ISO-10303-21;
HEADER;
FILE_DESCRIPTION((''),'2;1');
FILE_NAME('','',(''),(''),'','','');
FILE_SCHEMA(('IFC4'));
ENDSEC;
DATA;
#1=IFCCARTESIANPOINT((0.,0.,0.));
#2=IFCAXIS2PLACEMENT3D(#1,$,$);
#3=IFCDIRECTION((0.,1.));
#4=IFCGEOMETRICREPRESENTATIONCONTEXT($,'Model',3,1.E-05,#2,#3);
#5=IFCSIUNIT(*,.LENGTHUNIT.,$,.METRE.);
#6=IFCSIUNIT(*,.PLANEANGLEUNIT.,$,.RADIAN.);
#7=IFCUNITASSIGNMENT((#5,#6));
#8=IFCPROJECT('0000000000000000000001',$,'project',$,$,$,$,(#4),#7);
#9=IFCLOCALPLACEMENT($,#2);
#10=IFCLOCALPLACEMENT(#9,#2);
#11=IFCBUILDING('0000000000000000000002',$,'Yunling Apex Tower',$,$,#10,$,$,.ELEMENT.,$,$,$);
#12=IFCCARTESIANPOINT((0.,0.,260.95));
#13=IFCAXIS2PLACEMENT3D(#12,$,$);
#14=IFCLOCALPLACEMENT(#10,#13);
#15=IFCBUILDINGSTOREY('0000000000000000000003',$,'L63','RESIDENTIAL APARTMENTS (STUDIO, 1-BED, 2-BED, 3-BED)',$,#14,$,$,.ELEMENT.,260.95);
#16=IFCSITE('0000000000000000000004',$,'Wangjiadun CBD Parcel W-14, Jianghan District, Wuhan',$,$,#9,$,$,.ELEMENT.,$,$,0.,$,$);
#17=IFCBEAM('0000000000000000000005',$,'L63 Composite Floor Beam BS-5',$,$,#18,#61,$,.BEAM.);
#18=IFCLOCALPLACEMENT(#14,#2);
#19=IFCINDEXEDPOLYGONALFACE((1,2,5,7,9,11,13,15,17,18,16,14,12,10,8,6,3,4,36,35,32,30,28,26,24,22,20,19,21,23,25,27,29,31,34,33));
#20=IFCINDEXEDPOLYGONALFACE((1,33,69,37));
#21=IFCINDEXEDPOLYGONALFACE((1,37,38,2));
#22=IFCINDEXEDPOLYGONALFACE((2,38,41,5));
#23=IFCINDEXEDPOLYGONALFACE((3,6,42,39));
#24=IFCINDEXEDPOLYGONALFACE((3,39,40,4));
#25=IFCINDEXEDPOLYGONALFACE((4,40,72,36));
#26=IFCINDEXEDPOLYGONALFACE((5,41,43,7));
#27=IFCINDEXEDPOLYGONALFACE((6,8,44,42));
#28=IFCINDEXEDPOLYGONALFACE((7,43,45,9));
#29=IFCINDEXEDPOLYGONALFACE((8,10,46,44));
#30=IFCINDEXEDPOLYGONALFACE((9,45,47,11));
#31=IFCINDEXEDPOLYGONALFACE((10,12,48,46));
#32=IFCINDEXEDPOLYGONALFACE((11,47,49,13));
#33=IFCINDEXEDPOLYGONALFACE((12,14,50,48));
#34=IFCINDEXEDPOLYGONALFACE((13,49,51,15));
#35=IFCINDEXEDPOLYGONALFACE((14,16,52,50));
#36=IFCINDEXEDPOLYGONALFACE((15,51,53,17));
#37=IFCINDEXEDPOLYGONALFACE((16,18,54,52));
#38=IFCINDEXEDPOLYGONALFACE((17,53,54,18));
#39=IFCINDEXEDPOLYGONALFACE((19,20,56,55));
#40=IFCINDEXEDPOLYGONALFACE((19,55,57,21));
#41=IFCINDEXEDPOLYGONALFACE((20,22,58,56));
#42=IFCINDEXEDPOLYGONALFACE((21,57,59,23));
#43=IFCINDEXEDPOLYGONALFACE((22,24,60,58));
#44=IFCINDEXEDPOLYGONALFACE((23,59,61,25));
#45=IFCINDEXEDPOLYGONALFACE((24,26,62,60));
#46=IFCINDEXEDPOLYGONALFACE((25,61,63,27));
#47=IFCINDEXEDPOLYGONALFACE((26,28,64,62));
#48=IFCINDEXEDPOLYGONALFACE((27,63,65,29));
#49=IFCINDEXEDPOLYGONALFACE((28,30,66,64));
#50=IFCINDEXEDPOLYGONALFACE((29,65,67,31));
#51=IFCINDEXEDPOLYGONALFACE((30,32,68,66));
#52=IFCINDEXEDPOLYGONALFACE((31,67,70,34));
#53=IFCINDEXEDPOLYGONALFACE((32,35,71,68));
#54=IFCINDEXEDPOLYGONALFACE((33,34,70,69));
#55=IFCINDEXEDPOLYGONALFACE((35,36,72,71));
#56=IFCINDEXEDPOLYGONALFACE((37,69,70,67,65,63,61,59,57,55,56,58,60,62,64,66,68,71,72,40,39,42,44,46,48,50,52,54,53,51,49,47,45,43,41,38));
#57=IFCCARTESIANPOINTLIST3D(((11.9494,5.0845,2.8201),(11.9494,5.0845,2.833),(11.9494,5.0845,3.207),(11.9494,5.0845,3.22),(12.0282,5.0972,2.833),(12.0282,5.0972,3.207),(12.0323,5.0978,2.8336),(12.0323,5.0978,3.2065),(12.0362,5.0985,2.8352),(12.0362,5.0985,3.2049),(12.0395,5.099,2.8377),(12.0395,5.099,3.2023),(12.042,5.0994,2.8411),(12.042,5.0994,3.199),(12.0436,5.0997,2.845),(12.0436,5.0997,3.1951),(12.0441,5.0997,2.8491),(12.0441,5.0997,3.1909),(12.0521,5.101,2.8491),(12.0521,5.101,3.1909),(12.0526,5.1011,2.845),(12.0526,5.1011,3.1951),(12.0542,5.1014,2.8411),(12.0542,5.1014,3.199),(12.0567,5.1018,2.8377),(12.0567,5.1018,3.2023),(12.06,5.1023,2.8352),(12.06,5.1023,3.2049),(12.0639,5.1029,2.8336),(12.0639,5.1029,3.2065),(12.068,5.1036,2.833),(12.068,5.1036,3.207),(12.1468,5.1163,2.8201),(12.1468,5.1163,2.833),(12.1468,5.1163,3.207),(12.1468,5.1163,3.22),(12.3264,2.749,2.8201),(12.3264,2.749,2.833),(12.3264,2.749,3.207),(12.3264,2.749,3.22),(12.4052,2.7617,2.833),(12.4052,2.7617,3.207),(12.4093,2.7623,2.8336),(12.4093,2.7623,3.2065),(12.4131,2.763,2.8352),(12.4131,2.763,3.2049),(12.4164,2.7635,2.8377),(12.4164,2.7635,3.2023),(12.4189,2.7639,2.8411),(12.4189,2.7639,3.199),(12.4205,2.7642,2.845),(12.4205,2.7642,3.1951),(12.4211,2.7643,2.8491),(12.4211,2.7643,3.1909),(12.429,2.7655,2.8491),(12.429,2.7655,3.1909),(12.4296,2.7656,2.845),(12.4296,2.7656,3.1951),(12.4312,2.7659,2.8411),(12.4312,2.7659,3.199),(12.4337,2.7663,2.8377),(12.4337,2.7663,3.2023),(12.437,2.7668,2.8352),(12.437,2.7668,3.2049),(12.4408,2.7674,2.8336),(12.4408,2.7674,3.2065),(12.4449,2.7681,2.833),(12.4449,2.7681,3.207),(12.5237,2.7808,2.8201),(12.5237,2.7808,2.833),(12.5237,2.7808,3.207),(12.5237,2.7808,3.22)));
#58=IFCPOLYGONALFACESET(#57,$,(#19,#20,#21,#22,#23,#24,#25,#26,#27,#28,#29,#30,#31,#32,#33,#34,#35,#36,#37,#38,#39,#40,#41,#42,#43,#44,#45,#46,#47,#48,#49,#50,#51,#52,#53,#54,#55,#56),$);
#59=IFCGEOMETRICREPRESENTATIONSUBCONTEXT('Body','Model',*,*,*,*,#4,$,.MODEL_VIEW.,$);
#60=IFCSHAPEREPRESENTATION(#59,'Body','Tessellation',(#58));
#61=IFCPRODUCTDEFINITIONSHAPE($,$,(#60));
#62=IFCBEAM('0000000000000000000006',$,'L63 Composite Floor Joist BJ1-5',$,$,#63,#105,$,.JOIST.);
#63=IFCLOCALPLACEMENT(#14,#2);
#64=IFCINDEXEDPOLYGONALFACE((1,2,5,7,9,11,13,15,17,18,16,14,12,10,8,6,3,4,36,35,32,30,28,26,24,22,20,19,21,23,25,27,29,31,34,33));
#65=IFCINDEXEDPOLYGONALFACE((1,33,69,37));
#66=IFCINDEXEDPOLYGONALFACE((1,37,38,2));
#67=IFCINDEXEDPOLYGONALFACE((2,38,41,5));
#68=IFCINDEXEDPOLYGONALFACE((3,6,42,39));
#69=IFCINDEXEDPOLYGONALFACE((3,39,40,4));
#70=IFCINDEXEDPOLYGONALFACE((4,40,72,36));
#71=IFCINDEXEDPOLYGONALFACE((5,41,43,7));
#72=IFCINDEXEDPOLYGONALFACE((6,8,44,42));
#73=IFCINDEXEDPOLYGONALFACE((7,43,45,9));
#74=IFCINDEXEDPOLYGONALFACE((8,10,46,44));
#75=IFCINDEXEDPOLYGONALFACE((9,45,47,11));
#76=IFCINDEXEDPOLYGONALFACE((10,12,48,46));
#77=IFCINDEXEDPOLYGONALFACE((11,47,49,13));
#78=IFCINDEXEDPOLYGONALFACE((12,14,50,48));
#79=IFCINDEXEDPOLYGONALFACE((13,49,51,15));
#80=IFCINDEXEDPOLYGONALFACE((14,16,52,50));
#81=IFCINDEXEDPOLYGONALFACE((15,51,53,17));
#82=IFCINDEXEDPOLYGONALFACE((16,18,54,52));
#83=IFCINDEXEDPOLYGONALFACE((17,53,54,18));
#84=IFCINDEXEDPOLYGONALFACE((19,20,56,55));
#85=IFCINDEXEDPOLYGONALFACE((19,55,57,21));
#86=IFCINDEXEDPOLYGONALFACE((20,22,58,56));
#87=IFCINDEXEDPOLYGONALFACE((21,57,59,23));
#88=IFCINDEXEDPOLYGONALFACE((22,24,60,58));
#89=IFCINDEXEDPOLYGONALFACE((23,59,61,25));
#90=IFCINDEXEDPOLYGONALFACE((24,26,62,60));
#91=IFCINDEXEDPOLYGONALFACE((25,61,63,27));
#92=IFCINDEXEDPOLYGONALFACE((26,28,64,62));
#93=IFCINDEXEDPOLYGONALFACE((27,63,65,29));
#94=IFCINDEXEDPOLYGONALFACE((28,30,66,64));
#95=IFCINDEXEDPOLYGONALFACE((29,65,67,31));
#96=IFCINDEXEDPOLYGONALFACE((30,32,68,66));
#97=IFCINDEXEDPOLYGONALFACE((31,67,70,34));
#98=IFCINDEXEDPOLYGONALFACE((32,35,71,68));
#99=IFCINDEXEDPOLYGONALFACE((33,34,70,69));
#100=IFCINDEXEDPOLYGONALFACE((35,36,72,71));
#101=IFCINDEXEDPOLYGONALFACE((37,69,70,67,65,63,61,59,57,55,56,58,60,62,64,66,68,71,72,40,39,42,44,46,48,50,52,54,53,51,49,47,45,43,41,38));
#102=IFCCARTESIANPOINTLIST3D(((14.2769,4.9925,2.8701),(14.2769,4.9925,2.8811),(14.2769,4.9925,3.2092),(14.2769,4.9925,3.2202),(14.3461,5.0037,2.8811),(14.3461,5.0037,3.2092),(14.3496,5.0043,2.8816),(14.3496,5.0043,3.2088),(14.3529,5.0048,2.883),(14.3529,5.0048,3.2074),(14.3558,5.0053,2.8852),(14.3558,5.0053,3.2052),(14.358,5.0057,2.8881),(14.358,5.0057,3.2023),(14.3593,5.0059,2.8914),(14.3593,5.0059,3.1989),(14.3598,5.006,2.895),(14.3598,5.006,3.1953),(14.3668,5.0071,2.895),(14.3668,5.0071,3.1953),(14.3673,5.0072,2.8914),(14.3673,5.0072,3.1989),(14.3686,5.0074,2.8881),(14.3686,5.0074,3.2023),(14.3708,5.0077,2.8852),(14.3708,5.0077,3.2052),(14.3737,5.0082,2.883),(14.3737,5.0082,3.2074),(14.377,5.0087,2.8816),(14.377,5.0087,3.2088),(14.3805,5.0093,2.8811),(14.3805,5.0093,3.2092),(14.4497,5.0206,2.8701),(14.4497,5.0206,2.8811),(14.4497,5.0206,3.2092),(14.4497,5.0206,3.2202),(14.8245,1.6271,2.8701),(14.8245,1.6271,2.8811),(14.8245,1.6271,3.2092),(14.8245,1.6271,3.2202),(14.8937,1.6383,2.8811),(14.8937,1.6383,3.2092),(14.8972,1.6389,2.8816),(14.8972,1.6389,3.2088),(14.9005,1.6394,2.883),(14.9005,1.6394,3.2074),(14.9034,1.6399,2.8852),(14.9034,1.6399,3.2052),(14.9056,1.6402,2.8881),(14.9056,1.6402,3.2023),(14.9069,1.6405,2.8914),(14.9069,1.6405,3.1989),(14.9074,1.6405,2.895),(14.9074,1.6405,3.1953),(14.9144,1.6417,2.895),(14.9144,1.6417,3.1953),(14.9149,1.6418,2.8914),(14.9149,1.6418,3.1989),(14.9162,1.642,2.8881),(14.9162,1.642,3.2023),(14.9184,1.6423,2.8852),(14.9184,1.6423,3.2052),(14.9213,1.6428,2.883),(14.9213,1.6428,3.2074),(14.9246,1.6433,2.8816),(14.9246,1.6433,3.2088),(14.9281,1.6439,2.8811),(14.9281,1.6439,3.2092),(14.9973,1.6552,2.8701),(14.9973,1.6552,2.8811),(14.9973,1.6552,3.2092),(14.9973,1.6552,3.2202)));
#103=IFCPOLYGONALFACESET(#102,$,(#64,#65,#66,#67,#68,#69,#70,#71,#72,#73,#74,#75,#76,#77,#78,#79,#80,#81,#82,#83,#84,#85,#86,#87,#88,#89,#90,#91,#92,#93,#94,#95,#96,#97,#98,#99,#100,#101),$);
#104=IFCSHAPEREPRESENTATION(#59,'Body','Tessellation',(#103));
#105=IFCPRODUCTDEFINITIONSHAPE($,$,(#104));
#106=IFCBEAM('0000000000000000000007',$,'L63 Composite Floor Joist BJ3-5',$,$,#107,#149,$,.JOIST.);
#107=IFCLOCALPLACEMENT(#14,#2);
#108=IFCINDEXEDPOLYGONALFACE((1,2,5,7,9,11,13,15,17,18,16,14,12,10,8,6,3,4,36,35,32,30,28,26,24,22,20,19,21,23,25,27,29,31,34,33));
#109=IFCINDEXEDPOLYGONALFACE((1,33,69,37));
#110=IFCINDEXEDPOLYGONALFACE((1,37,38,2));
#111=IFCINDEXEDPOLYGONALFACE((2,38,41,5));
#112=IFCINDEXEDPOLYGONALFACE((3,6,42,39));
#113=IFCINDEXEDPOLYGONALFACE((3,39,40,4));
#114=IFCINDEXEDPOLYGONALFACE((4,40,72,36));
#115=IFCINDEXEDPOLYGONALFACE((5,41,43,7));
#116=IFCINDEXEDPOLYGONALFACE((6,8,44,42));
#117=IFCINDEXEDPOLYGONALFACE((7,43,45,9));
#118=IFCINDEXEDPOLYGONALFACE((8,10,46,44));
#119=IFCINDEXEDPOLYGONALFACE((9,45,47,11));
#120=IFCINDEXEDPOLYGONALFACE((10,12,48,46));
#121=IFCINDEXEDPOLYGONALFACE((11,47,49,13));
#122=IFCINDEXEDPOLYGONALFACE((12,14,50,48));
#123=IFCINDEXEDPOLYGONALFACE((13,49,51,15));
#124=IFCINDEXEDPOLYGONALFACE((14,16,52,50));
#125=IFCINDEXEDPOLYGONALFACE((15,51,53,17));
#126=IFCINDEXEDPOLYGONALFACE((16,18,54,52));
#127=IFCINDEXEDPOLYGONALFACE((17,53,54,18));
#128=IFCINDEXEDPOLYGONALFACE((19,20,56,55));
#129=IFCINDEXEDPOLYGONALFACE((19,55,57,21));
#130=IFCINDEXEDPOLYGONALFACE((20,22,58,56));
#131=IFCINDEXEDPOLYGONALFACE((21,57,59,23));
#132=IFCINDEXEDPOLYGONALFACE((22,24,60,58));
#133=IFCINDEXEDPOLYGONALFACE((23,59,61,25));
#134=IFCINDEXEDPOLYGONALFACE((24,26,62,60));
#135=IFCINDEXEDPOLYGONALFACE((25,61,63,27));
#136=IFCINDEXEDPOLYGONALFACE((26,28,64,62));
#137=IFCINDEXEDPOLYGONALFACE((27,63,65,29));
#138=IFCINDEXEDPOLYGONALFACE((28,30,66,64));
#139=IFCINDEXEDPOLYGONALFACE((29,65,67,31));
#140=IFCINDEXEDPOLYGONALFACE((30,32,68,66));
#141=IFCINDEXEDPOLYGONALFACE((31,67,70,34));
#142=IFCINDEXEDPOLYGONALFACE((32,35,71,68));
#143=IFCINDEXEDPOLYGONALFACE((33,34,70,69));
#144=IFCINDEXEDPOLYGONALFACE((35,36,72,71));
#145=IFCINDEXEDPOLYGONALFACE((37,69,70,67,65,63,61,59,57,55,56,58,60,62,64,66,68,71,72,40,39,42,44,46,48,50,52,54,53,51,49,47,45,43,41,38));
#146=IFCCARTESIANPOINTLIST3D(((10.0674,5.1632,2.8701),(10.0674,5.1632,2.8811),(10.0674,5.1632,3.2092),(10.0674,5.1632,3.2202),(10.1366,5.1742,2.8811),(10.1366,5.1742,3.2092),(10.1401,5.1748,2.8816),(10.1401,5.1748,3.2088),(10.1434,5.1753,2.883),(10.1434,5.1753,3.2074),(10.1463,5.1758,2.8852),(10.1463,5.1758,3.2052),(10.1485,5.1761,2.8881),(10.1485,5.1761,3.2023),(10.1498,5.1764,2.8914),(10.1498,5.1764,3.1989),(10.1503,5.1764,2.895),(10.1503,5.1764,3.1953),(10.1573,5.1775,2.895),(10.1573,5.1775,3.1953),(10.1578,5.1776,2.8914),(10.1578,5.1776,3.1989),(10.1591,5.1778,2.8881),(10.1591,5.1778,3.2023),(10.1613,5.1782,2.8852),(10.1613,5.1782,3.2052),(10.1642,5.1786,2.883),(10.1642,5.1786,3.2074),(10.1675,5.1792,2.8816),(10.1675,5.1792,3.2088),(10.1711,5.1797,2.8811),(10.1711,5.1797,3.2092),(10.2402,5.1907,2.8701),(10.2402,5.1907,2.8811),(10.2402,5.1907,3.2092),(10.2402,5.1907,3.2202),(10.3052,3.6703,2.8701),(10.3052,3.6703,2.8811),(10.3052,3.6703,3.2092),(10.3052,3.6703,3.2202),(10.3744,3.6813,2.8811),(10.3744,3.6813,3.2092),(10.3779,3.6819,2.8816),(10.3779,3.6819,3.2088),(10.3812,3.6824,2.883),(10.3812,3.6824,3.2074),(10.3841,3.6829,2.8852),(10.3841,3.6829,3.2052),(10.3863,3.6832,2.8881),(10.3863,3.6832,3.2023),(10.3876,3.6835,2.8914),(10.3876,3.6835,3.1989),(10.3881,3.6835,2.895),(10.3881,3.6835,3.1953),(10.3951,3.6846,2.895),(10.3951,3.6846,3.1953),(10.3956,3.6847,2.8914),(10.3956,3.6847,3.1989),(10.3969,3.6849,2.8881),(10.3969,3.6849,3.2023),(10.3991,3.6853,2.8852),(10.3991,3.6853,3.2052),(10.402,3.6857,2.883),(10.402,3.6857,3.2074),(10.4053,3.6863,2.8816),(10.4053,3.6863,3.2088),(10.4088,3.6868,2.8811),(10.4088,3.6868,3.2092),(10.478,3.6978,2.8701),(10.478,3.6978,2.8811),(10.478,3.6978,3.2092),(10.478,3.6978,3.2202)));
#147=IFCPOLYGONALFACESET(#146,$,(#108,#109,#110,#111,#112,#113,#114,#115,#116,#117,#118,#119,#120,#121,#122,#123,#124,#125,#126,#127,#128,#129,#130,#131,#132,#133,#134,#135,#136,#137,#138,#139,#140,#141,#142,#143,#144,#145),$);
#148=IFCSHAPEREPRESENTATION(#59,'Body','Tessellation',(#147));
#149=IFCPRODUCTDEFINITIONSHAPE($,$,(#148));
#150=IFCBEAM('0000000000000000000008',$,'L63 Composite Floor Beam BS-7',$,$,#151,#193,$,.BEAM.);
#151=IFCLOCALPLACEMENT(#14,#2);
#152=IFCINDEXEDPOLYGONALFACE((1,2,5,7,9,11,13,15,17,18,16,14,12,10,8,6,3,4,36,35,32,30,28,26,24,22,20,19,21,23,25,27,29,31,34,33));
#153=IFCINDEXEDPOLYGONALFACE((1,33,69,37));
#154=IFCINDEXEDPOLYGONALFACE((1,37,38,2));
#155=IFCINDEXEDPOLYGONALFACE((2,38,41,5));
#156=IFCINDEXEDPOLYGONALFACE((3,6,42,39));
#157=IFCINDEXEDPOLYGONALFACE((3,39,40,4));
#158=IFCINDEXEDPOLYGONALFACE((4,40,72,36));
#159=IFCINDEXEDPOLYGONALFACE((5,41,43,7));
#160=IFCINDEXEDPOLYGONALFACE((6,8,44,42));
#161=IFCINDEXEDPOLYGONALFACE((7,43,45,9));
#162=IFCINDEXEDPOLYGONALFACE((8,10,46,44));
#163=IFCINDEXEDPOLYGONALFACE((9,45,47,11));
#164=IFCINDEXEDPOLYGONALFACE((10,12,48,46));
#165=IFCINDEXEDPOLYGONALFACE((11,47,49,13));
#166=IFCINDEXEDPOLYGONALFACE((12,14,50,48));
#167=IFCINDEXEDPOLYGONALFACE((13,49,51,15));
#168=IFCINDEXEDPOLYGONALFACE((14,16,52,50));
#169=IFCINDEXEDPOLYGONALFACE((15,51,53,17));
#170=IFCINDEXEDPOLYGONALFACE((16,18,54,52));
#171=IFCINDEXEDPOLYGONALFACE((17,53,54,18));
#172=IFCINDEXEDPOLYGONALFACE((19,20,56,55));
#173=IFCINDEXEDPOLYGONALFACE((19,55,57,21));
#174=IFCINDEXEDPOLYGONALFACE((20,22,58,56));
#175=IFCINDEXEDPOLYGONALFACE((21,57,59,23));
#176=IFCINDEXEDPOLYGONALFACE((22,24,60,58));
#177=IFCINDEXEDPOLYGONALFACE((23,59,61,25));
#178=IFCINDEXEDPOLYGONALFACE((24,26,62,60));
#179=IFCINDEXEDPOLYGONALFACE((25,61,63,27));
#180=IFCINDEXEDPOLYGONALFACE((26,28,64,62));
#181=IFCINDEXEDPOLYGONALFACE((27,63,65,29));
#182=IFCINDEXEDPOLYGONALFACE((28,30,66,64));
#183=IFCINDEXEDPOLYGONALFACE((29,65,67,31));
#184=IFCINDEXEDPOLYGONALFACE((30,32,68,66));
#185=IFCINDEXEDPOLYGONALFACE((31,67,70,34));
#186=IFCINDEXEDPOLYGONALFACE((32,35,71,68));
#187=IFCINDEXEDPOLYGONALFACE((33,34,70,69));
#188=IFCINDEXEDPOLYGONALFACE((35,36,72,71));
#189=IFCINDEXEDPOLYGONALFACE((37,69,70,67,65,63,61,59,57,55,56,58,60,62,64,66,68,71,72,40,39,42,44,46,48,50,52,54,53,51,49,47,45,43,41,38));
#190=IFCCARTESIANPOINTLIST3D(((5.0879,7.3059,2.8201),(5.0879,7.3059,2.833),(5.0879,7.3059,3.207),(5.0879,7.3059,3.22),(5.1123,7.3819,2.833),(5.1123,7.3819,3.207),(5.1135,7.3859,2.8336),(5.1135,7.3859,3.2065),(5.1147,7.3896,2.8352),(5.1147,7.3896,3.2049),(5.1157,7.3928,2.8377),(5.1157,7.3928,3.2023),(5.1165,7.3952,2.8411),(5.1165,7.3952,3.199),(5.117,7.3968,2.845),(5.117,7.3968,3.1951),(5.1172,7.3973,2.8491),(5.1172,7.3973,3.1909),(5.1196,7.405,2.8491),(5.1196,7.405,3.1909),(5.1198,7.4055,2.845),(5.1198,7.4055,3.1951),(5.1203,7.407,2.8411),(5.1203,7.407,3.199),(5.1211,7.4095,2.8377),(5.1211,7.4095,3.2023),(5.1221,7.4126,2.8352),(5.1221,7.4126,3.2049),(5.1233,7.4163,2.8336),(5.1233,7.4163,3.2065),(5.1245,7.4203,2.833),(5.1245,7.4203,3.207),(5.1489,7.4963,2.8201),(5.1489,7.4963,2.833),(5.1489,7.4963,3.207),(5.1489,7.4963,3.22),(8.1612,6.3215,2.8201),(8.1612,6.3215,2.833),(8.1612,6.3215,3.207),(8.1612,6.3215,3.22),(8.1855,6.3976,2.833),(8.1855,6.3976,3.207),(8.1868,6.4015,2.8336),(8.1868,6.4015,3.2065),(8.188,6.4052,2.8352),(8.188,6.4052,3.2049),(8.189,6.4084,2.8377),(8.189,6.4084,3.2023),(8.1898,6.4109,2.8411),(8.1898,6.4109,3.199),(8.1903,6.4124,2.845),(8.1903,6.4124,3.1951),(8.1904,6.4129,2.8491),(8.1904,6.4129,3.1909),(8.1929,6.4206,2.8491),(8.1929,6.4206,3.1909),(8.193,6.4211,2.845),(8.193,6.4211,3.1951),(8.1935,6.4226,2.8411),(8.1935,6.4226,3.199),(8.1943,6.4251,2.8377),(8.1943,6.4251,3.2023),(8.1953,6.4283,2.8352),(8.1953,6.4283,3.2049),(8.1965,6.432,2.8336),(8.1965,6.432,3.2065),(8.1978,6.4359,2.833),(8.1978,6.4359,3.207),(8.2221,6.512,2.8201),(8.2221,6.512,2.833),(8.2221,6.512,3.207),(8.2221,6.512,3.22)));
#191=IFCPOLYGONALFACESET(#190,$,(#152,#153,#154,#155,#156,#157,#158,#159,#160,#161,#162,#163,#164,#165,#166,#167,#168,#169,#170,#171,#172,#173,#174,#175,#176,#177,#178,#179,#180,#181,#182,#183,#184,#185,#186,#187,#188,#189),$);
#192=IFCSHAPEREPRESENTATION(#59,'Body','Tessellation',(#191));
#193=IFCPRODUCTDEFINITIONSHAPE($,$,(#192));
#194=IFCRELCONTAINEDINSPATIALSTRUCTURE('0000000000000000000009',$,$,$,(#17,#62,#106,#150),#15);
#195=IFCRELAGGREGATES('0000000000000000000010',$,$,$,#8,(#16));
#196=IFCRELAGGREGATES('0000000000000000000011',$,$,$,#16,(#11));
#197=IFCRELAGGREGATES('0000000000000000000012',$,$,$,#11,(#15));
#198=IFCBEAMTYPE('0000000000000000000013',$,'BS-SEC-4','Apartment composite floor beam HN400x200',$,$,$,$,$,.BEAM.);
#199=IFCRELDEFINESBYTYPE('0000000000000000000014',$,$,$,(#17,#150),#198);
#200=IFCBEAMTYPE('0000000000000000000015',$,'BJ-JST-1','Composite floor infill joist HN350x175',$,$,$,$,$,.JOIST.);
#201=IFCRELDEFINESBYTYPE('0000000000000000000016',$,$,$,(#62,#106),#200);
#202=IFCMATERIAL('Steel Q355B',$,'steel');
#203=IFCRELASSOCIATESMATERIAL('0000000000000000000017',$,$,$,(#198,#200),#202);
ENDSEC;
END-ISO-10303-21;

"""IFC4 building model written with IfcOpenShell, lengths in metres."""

from ifc_helpers import new_model, si_unit, direction, frame, origin, origin_2d, place, context, subcontext, project, spatial, i_section, extrude, source, transform, mapped, material, material_profile, profile_set, type_object, element, save


model = new_model("IFC4")

# Units and contexts
model_context = context("Model", 3, precision=1e-05, world=origin(), true_north=direction((0.0, 1.0)))
body_context = subcontext(model_context, "Body", "Model", "MODEL_VIEW")
ifc_project = project(units=[si_unit("LENGTHUNIT", "METRE"), si_unit("PLANEANGLEUNIT", "RADIAN")], contexts=[model_context])

# Site, building, storey
site_placement = place(None, origin())
site = spatial("IfcSite", under=ifc_project, at=site_placement, Name="Wangjiadun CBD Parcel W-14, Jianghan District, Wuhan", CompositionType="ELEMENT", RefElevation=0.0)
building_placement = place(site_placement, origin())
building = spatial("IfcBuilding", under=site, at=building_placement, Name="Yunling Apex Tower", CompositionType="ELEMENT")
storey_placement = place(building_placement, frame((0.0, 0.0, 260.95)))
storey = spatial("IfcBuildingStorey", under=building, at=storey_placement, Name="L63", Description="RESIDENTIAL APARTMENTS (STUDIO, 1-BED, 2-BED, 3-BED)", CompositionType="ELEMENT", Elevation=260.95)

# Shared definitions
ifc_material_1 = material(Name="Steel Q355B", Category="steel")

# Beams
ifc_material_profile_1 = material_profile(ifc_material_1, i_section(OverallWidth=0.2, OverallDepth=0.3999, WebThickness=0.0081, FlangeThickness=0.0129, FilletRadius=0.0161, at=origin_2d()))
ifc_profile_set_1 = profile_set([ifc_material_profile_1], Name="Steel Q355B")
beam_type_1 = type_object("IfcBeamType", Name="BS-SEC-4", Description="Apartment composite floor beam HN400x200", PredefinedType="BEAM", material=ifc_profile_set_1)
shared_shape_1 = source(origin(), body_context, "Body", "SweptSolid", [
    extrude(i_section(OverallWidth=0.2, OverallDepth=0.3999, WebThickness=0.0081, FlangeThickness=0.0129, FilletRadius=0.0161, at=origin_2d()), origin(), (0.0, 0.0, 1.0), 2.3657),
])
beam_1_placement = place(storey_placement, frame((12.425, 2.7649, 3.02), z_axis=(-0.159343, 0.987223, 0.0), x_axis=(-0.987223, -0.159343, 0.0)))
element("IfcBeam", 1, at=beam_1_placement, inside=storey, type_object=beam_type_1, Name="L63 Composite Floor Beam BS-5", PredefinedType="BEAM", context=body_context, shape_type="MappedRepresentation", body=[
    mapped(shared_shape_1, transform((0.0, 0.0, 0.0), scale=1.0)),
])
ifc_material_profile_2 = material_profile(ifc_material_1, i_section(OverallWidth=0.175, OverallDepth=0.3501, WebThickness=0.0071, FlangeThickness=0.011, FilletRadius=0.0139, at=origin_2d()))
ifc_profile_set_2 = profile_set([ifc_material_profile_2], Name="Steel Q355B")
beam_type_2 = type_object("IfcBeamType", Name="BJ-JST-1", Description="Composite floor infill joist HN350x175", PredefinedType="JOIST", material=ifc_profile_set_2)
shared_shape_2 = source(origin(), body_context, "Body", "SweptSolid", [
    extrude(i_section(OverallWidth=0.175, OverallDepth=0.3501, WebThickness=0.0071, FlangeThickness=0.011, FilletRadius=0.0139, at=origin_2d()), origin(), (0.0, 0.0, 1.0), 3.4097),
])
beam_2_placement = place(storey_placement, frame((14.9109, 1.6411, 3.0452), z_axis=(-0.160601, 0.987019, 0.0), x_axis=(-0.987019, -0.160601, 0.0)))
element("IfcBeam", 2, at=beam_2_placement, inside=storey, type_object=beam_type_2, Name="L63 Composite Floor Joist BJ1-5", PredefinedType="JOIST", context=body_context, shape_type="MappedRepresentation", body=[
    mapped(shared_shape_2, transform((0.0, 0.0, 0.0), scale=1.0)),
])
shared_shape_3 = source(origin(), body_context, "Body", "SweptSolid", [
    extrude(i_section(OverallWidth=0.175, OverallDepth=0.3501, WebThickness=0.0071, FlangeThickness=0.011, FilletRadius=0.0139, at=origin_2d()), origin(), (0.0, 0.0, 1.0), 1.5117),
])
beam_3_placement = place(storey_placement, frame((10.3916, 3.6841, 3.0452), z_axis=(-0.157298, 0.987551, 0.0), x_axis=(-0.987551, -0.157298, 0.0)))
element("IfcBeam", 3, at=beam_3_placement, inside=storey, type_object=beam_type_2, Name="L63 Composite Floor Joist BJ3-5", PredefinedType="JOIST", context=body_context, shape_type="MappedRepresentation", body=[
    mapped(shared_shape_3, transform((0.0, 0.0, 0.0), scale=1.0)),
])
shared_shape_4 = source(origin(), body_context, "Body", "SweptSolid", [
    extrude(i_section(OverallWidth=0.2, OverallDepth=0.3999, WebThickness=0.0081, FlangeThickness=0.0129, FilletRadius=0.0161, at=origin_2d()), origin(), (0.0, 0.0, 1.0), 3.2271),
])
beam_4_placement = place(storey_placement, frame((8.1917, 6.4167, 3.02), z_axis=(-0.95234, 0.305039, 0.0), x_axis=(-0.305039, -0.95234, 0.0)))
element("IfcBeam", 4, at=beam_4_placement, inside=storey, type_object=beam_type_1, Name="L63 Composite Floor Beam BS-7", PredefinedType="BEAM", context=body_context, shape_type="MappedRepresentation", body=[
    mapped(shared_shape_4, transform((0.0, 0.0, 0.0), scale=1.0)),
])

save(model, "model.ifc")
